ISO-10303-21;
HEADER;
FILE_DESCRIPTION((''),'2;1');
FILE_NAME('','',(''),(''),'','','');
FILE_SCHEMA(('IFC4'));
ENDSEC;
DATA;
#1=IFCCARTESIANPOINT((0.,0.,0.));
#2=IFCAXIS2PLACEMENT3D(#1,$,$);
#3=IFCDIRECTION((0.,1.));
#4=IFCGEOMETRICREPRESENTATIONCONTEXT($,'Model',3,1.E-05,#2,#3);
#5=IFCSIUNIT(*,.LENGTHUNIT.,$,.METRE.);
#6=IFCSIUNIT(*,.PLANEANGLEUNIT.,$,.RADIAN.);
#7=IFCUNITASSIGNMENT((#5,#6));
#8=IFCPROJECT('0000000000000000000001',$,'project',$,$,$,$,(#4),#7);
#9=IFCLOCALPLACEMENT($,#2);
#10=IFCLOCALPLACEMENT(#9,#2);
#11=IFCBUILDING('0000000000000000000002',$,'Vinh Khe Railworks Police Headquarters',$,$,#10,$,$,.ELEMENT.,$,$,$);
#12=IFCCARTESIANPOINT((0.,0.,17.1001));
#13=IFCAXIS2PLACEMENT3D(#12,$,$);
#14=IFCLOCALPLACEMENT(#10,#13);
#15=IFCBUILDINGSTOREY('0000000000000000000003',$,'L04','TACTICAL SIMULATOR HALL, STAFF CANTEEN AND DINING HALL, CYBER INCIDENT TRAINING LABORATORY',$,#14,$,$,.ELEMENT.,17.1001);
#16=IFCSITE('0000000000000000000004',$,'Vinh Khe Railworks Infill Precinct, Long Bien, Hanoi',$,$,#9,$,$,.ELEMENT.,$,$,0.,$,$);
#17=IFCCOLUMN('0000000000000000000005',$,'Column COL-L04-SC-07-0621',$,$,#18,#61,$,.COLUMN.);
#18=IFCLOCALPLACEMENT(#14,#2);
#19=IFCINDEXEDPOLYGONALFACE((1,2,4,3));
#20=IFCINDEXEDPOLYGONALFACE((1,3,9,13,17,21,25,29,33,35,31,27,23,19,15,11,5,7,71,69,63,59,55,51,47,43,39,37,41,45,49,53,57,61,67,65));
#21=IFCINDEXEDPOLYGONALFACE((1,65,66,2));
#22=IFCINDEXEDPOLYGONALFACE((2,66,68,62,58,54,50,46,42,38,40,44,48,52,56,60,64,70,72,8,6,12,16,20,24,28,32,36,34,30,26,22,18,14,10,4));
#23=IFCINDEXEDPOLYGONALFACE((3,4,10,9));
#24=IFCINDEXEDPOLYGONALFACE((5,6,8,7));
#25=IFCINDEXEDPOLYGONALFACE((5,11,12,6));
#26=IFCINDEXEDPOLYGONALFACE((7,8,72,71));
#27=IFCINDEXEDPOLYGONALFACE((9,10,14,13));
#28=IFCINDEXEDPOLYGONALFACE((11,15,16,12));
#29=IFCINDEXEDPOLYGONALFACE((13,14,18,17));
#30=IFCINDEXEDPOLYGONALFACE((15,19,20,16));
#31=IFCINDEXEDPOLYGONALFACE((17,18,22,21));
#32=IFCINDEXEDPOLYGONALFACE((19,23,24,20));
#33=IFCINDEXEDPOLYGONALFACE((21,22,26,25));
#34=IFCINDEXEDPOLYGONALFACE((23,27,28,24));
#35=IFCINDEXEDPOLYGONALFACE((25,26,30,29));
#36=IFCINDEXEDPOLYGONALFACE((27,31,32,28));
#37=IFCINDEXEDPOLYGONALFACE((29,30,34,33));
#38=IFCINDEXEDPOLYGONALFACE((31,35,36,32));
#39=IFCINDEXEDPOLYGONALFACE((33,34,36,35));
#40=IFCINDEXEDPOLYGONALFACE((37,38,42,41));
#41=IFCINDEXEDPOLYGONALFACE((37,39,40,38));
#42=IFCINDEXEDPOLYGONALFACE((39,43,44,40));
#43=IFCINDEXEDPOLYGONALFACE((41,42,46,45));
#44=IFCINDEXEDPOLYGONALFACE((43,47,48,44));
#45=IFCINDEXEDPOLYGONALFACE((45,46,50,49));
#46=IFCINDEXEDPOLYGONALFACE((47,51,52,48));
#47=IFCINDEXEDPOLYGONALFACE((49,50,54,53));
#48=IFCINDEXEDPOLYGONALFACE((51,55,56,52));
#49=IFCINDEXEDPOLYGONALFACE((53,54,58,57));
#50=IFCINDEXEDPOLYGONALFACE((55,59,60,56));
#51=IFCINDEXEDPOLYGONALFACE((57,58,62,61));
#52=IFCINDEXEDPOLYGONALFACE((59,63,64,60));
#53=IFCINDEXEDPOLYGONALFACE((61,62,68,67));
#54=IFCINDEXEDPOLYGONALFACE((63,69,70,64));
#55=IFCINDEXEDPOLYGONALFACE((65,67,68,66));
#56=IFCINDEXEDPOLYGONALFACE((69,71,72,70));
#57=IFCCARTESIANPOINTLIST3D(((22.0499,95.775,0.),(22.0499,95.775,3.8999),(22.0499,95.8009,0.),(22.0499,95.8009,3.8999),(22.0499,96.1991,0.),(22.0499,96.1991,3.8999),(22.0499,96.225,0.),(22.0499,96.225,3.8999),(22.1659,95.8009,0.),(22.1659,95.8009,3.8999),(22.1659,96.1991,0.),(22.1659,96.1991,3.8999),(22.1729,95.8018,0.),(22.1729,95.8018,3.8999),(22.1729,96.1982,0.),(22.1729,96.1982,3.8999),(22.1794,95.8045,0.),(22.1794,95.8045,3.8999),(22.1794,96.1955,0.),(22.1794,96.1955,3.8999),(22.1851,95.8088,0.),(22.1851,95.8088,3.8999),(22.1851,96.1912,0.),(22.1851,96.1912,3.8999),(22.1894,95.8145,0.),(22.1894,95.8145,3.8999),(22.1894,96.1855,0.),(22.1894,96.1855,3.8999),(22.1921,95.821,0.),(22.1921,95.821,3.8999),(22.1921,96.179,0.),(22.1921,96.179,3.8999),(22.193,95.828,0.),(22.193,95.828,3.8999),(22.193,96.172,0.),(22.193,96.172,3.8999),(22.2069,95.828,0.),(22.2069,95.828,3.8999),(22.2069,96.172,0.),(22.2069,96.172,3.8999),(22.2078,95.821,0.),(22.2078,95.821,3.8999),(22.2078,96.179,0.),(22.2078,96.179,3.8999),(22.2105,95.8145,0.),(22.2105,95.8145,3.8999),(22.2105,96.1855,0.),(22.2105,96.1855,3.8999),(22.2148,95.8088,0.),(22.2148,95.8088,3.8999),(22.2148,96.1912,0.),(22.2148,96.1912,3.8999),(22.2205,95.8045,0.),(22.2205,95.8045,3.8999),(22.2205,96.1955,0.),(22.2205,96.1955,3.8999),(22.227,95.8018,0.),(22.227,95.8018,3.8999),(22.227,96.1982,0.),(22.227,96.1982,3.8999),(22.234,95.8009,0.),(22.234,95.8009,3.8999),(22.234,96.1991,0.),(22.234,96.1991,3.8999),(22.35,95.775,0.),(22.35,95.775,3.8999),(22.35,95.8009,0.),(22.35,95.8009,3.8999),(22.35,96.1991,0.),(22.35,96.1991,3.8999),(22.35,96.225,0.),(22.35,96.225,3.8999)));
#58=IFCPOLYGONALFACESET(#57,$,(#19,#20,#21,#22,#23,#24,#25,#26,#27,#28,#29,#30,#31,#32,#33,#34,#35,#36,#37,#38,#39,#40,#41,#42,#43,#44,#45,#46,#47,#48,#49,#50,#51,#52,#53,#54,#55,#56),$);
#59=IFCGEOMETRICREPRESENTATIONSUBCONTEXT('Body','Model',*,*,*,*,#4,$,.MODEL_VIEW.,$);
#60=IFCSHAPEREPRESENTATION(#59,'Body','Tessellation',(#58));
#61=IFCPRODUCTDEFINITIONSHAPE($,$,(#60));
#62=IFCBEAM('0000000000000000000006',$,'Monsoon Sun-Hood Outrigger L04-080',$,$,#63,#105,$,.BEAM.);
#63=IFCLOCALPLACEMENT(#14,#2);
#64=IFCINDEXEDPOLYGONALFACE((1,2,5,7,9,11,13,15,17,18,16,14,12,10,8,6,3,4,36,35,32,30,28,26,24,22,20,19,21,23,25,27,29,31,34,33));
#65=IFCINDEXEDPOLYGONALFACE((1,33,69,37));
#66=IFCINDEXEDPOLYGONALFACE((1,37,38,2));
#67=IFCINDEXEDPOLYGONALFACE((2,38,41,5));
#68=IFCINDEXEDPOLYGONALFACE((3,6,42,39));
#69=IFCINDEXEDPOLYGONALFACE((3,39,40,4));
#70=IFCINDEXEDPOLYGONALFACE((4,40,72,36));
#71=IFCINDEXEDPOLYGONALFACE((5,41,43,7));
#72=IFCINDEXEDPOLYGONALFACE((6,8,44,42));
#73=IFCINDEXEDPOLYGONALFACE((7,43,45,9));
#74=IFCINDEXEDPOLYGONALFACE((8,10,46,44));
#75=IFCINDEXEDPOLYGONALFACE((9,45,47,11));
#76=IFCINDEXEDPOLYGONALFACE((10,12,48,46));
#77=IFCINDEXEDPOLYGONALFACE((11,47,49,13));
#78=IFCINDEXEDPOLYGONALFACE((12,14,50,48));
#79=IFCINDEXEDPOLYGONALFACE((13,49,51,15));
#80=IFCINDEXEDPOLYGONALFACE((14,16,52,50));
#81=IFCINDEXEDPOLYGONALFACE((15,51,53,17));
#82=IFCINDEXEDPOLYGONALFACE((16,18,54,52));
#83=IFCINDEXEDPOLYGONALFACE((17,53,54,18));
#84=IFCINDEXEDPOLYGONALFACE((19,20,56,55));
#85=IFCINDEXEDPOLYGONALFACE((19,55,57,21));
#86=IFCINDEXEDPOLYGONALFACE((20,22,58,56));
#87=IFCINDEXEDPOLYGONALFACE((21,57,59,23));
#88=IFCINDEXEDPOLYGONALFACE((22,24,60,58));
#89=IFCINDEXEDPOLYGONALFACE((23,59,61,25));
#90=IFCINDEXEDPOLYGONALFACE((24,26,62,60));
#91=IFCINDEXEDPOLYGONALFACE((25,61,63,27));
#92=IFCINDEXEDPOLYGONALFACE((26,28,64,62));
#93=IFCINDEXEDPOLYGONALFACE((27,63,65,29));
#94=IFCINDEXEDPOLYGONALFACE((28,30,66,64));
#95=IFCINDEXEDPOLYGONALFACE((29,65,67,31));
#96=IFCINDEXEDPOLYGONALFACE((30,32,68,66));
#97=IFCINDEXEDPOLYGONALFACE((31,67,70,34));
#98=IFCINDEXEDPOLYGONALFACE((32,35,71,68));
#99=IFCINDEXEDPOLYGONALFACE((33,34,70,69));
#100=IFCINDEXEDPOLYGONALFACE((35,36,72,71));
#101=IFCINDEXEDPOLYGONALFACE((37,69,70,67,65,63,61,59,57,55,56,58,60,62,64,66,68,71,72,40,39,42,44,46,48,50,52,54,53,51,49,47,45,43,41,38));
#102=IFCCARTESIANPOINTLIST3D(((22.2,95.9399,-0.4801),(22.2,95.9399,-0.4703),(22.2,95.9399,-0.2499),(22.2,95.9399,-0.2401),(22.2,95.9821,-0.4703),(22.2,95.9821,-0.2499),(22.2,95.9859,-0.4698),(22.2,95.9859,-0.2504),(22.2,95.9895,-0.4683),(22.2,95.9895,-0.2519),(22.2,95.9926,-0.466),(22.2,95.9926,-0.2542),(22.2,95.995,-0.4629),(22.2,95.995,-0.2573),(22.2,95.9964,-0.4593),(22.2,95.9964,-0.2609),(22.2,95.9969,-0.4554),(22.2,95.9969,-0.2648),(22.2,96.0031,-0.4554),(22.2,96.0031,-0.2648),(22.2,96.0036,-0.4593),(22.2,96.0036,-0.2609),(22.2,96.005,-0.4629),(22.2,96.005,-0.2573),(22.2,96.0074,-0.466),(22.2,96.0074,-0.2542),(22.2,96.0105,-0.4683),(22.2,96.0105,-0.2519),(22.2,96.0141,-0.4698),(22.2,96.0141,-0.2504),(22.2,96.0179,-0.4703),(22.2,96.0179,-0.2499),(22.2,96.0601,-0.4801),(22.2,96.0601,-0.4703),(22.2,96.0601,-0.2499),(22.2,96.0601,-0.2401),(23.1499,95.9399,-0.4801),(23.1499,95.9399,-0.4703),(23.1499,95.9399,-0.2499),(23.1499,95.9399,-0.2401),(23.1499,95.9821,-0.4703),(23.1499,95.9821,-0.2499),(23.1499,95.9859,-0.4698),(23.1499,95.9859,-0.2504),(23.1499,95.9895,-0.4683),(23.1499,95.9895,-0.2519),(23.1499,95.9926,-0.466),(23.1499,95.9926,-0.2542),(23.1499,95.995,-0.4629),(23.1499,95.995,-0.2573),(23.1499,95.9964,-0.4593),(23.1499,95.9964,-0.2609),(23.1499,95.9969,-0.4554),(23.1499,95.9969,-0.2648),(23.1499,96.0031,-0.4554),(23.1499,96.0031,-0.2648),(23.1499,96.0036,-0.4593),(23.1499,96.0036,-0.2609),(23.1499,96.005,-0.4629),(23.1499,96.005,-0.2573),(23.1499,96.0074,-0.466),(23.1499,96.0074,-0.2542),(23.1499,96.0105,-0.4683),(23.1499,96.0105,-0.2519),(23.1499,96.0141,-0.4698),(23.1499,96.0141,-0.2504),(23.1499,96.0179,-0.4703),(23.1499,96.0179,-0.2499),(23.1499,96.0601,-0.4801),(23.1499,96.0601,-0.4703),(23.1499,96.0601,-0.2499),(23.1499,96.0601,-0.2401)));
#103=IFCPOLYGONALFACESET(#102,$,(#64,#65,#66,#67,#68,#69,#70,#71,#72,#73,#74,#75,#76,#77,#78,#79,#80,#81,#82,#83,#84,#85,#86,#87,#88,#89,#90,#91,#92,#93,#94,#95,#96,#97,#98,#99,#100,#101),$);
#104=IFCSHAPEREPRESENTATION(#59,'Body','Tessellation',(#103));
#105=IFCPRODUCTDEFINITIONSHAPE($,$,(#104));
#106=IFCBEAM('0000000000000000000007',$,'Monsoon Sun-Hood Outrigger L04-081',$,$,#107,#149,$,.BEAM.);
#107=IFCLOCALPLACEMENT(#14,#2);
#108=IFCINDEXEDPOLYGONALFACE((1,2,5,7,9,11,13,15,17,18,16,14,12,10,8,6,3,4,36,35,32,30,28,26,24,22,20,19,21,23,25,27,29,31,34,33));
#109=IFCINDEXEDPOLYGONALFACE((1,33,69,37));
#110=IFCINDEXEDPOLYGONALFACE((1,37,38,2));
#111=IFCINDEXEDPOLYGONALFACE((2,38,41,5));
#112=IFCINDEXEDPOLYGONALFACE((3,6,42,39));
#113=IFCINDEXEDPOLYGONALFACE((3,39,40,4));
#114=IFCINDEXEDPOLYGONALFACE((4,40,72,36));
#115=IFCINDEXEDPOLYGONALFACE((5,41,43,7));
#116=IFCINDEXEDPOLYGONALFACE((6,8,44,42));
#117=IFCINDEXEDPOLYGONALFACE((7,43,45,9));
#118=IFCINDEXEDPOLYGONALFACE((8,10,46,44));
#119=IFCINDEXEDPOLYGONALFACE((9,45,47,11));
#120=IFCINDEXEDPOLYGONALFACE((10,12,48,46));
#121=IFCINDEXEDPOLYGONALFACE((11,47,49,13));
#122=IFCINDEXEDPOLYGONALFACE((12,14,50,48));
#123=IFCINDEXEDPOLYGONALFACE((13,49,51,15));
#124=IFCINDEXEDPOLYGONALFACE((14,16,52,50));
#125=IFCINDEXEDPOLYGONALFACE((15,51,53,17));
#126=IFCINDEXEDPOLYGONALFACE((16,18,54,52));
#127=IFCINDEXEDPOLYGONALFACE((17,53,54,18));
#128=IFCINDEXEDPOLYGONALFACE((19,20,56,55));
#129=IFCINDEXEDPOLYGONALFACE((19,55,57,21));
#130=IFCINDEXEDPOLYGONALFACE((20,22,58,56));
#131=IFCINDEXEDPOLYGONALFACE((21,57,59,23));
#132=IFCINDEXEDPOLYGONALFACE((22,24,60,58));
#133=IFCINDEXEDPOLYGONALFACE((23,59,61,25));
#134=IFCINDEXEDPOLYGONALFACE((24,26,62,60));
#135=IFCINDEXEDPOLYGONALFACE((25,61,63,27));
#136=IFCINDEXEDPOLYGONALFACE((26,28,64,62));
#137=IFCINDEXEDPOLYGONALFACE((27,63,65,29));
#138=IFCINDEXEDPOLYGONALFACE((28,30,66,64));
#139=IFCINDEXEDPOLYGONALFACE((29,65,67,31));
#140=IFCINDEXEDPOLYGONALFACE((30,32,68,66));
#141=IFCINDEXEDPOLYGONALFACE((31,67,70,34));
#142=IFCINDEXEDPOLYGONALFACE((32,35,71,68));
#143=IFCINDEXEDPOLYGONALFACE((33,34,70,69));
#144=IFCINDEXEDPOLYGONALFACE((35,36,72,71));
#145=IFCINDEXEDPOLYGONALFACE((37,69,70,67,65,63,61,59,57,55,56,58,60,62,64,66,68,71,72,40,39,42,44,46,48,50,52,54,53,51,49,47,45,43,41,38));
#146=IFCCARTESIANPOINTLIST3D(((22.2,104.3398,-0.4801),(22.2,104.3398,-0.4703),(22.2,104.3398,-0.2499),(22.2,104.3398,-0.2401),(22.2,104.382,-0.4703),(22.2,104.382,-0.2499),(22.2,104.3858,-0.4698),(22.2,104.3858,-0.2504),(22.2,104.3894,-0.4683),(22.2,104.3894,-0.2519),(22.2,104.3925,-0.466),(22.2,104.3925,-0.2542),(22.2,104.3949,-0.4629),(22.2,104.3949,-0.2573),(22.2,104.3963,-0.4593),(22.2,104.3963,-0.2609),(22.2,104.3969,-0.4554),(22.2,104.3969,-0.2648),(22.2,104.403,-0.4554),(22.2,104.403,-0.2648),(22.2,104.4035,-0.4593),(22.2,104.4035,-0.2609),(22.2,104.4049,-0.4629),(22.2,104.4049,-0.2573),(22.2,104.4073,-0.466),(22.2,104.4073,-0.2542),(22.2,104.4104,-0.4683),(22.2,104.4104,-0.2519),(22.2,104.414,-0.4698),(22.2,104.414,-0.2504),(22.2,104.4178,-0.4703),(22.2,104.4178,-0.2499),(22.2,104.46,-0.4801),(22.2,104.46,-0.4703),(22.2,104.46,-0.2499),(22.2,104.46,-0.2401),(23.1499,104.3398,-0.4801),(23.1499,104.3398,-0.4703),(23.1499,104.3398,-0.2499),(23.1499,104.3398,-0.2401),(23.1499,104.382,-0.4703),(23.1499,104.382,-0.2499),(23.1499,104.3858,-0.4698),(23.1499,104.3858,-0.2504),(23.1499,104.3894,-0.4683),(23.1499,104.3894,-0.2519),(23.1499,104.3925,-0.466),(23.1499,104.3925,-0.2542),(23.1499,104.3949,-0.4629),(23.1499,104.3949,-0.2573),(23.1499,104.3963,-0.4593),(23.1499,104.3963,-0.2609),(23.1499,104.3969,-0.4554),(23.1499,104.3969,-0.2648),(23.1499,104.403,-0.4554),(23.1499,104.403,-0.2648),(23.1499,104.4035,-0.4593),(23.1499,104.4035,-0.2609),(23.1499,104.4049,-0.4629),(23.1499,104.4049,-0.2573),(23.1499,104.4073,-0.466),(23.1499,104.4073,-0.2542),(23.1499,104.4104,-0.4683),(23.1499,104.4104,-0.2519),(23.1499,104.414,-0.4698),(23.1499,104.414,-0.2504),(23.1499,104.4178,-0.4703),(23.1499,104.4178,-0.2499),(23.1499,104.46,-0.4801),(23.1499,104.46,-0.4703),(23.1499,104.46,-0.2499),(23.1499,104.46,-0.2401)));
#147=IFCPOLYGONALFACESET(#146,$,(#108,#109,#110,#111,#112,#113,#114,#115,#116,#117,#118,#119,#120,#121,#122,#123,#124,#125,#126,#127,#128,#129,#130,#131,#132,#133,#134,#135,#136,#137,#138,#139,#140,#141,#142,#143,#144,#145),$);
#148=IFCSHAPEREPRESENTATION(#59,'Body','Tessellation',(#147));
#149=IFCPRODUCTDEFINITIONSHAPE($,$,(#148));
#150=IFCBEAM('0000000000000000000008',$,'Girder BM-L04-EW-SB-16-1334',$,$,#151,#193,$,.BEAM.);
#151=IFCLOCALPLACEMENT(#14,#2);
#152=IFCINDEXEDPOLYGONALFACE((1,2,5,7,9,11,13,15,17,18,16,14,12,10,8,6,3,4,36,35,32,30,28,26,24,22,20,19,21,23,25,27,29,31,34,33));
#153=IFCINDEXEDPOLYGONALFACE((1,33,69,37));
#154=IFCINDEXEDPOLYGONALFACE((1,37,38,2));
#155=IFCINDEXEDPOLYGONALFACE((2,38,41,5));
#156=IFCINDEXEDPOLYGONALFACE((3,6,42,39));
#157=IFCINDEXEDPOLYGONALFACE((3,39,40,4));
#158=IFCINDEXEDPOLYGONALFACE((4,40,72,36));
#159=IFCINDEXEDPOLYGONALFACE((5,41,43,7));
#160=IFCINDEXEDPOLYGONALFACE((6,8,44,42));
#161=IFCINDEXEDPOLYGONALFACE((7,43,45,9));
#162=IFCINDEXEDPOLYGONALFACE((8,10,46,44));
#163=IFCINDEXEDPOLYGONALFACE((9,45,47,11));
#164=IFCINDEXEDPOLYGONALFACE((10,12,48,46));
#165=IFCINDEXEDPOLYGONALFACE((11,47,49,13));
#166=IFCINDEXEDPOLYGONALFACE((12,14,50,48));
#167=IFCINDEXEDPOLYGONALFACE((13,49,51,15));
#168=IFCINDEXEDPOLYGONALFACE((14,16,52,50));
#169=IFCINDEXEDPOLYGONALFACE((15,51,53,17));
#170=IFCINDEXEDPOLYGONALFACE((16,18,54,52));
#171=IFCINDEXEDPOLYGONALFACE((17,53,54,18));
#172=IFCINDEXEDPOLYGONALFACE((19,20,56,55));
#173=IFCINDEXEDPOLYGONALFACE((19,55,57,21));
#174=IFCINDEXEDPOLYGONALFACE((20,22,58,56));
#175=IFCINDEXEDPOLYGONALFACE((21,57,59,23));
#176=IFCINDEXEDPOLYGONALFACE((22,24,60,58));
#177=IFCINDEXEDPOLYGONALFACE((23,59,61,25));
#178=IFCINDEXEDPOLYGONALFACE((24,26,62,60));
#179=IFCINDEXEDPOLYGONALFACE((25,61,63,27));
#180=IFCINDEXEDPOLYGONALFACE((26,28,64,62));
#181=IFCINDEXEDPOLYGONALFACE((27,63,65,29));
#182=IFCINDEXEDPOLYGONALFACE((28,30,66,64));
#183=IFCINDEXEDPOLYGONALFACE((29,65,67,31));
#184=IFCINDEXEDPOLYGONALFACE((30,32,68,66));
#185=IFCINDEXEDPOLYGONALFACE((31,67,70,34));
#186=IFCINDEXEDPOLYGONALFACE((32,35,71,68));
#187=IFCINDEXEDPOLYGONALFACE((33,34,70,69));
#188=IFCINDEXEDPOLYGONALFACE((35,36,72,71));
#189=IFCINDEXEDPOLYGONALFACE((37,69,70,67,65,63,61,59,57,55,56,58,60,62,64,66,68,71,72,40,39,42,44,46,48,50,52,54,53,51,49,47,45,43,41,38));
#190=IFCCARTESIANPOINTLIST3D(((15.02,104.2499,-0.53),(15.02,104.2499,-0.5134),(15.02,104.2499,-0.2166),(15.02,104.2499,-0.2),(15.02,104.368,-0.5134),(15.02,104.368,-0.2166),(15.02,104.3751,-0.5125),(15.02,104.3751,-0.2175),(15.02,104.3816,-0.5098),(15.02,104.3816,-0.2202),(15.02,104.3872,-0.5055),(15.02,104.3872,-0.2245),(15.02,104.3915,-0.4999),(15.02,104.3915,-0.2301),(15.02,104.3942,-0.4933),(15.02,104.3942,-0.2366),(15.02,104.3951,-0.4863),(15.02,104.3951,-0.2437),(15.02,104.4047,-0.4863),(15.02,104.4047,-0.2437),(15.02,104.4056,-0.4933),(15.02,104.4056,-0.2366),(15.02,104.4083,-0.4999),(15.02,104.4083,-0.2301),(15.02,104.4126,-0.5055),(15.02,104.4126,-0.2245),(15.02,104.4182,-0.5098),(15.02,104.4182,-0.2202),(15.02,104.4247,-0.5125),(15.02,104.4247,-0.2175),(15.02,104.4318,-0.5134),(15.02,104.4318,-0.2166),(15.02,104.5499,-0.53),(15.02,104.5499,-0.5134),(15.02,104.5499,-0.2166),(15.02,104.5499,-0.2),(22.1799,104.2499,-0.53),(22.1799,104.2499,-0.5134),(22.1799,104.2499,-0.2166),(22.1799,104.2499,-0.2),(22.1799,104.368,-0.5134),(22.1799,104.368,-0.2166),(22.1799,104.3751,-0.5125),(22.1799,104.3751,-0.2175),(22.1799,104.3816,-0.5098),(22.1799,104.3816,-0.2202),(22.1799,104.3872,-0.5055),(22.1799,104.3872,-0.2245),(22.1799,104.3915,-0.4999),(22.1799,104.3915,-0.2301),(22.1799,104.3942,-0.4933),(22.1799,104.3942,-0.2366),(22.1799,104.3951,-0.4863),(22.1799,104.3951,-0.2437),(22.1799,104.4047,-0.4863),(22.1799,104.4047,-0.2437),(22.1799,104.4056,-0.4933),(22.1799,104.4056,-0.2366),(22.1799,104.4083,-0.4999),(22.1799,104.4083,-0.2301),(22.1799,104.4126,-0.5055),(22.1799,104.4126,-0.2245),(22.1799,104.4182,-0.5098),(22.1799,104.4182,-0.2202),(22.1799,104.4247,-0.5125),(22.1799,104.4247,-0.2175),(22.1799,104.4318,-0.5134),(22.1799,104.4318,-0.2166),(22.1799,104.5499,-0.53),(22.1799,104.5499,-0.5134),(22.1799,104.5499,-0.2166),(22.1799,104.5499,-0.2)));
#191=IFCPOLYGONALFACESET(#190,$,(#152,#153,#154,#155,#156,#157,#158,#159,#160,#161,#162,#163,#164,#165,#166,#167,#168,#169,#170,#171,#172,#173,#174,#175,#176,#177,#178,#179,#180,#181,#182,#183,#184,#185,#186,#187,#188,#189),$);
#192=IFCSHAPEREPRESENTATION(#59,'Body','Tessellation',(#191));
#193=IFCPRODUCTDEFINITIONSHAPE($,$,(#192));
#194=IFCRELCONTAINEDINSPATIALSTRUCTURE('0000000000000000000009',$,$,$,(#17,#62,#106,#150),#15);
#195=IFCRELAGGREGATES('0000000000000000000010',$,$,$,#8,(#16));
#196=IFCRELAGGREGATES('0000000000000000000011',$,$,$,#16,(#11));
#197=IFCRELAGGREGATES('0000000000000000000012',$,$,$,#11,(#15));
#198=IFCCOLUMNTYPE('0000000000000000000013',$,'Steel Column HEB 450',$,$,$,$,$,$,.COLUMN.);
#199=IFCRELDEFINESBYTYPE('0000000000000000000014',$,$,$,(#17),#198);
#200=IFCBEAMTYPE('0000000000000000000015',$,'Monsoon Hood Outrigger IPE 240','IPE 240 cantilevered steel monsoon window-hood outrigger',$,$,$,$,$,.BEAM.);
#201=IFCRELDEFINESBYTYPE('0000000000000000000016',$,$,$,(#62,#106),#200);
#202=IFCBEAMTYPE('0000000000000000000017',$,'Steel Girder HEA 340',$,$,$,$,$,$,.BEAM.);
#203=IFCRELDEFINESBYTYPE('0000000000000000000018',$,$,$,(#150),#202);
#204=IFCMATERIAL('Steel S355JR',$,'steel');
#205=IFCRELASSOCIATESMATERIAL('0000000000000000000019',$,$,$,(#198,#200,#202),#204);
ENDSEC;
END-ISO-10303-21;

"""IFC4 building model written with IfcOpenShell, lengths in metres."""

from ifc_helpers import new_model, si_unit, direction, frame, origin, origin_2d, place, context, subcontext, project, spatial, i_section, extrude, material, material_profile, profile_set, type_object, element, save


model = new_model("IFC4")

# Units and contexts
model_context = context("Model", 3, precision=1e-05, world=origin(), true_north=direction((0.0, 1.0)))
body_context = subcontext(model_context, "Body", "Model", "MODEL_VIEW")
ifc_project = project(units=[si_unit("LENGTHUNIT", "METRE"), si_unit("PLANEANGLEUNIT", "RADIAN")], contexts=[model_context])

# Site, building, storey
site_placement = place(None, origin())
site = spatial("IfcSite", under=ifc_project, at=site_placement, Name="Vinh Khe Railworks Infill Precinct, Long Bien, Hanoi", CompositionType="ELEMENT", RefElevation=0.0)
building_placement = place(site_placement, origin())
building = spatial("IfcBuilding", under=site, at=building_placement, Name="Vinh Khe Railworks Police Headquarters", CompositionType="ELEMENT")
storey_placement = place(building_placement, frame((0.0, 0.0, 17.1001)))
storey = spatial("IfcBuildingStorey", under=building, at=storey_placement, Name="L04", Description="TACTICAL SIMULATOR HALL, STAFF CANTEEN AND DINING HALL, CYBER INCIDENT TRAINING LABORATORY", CompositionType="ELEMENT", Elevation=17.1001)

# Column
ifc_material_1 = material(Name="Steel S355JR", Category="steel")
ifc_material_profile_1 = material_profile(ifc_material_1, i_section(OverallWidth=0.3, OverallDepth=0.45, WebThickness=0.0139, FlangeThickness=0.0259, FilletRadius=0.0271, at=origin_2d()), Name="HEB 450")
ifc_profile_set_1 = profile_set([ifc_material_profile_1], Name="Steel S355JR")
column_type_1 = type_object("IfcColumnType", Name="Steel Column HEB 450", PredefinedType="COLUMN", material=ifc_profile_set_1)
column_1_placement = place(storey_placement, frame((22.2, 96.0, 0.0), z_axis=(0.0, 0.0, 1.0), x_axis=(1.0, 0.0, 0.0)))
element("IfcColumn", 1, at=column_1_placement, inside=storey, type_object=column_type_1, Name="Column COL-L04-SC-07-0621", PredefinedType="COLUMN", context=body_context, shape_type="SweptSolid", body=[
    extrude(i_section(OverallWidth=0.3, OverallDepth=0.45, WebThickness=0.0139, FlangeThickness=0.0259, FilletRadius=0.0271, at=origin_2d()), origin(), (0.0, 0.0, 1.0), 3.8999),
])

# Beams
ifc_material_profile_2 = material_profile(ifc_material_1, i_section(OverallWidth=0.1201, OverallDepth=0.24, WebThickness=0.0061, FlangeThickness=0.0098, FilletRadius=0.0149, at=origin_2d()), Name="IPE 240")
ifc_profile_set_2 = profile_set([ifc_material_profile_2], Name="Steel S355JR")
beam_type_1 = type_object("IfcBeamType", Name="Monsoon Hood Outrigger IPE 240", Description="IPE 240 cantilevered steel monsoon window-hood outrigger", PredefinedType="BEAM", material=ifc_profile_set_2)
for number, where, z_axis, x_axis, name in (
    (2, (22.2, 96.0, -0.3601), (1.0, 0.0, 0.0), (0.0, 1.0, 0.0), "Monsoon Sun-Hood Outrigger L04-080"),
    (3, (22.2, 104.3999, -0.3601), (1.0, 0.0, 0.0), (0.0, 1.0, 0.0), "Monsoon Sun-Hood Outrigger L04-081"),
):
    element("IfcBeam", number, at=place(storey_placement, frame(where, z_axis=z_axis, x_axis=x_axis)), inside=storey, type_object=beam_type_1, Name=name, PredefinedType="BEAM", context=body_context, shape_type="SweptSolid", body=[
        extrude(i_section(OverallWidth=0.1201, OverallDepth=0.24, WebThickness=0.0061, FlangeThickness=0.0098, FilletRadius=0.0149, at=origin_2d()), origin(), (0.0, 0.0, 1.0), 0.95),
    ])
ifc_material_profile_3 = material_profile(ifc_material_1, i_section(OverallWidth=0.3, OverallDepth=0.3301, WebThickness=0.0095, FlangeThickness=0.0166, FilletRadius=0.0271, at=origin_2d()), Name="HEA 340")
ifc_profile_set_3 = profile_set([ifc_material_profile_3], Name="Steel S355JR")
beam_type_2 = type_object("IfcBeamType", Name="Steel Girder HEA 340", PredefinedType="BEAM", material=ifc_profile_set_3)
beam_1_placement = place(storey_placement, frame((15.02, 104.3999, -0.365), z_axis=(1.0, 0.0, 0.0), x_axis=(0.0, 1.0, 0.0)))
element("IfcBeam", 4, at=beam_1_placement, inside=storey, type_object=beam_type_2, Name="Girder BM-L04-EW-SB-16-1334", PredefinedType="BEAM", context=body_context, shape_type="SweptSolid", body=[
    extrude(i_section(OverallWidth=0.3, OverallDepth=0.3301, WebThickness=0.0095, FlangeThickness=0.0166, FilletRadius=0.0271, at=origin_2d()), origin(), (0.0, 0.0, 1.0), 7.1599),
])

save(model, "model.ifc")
